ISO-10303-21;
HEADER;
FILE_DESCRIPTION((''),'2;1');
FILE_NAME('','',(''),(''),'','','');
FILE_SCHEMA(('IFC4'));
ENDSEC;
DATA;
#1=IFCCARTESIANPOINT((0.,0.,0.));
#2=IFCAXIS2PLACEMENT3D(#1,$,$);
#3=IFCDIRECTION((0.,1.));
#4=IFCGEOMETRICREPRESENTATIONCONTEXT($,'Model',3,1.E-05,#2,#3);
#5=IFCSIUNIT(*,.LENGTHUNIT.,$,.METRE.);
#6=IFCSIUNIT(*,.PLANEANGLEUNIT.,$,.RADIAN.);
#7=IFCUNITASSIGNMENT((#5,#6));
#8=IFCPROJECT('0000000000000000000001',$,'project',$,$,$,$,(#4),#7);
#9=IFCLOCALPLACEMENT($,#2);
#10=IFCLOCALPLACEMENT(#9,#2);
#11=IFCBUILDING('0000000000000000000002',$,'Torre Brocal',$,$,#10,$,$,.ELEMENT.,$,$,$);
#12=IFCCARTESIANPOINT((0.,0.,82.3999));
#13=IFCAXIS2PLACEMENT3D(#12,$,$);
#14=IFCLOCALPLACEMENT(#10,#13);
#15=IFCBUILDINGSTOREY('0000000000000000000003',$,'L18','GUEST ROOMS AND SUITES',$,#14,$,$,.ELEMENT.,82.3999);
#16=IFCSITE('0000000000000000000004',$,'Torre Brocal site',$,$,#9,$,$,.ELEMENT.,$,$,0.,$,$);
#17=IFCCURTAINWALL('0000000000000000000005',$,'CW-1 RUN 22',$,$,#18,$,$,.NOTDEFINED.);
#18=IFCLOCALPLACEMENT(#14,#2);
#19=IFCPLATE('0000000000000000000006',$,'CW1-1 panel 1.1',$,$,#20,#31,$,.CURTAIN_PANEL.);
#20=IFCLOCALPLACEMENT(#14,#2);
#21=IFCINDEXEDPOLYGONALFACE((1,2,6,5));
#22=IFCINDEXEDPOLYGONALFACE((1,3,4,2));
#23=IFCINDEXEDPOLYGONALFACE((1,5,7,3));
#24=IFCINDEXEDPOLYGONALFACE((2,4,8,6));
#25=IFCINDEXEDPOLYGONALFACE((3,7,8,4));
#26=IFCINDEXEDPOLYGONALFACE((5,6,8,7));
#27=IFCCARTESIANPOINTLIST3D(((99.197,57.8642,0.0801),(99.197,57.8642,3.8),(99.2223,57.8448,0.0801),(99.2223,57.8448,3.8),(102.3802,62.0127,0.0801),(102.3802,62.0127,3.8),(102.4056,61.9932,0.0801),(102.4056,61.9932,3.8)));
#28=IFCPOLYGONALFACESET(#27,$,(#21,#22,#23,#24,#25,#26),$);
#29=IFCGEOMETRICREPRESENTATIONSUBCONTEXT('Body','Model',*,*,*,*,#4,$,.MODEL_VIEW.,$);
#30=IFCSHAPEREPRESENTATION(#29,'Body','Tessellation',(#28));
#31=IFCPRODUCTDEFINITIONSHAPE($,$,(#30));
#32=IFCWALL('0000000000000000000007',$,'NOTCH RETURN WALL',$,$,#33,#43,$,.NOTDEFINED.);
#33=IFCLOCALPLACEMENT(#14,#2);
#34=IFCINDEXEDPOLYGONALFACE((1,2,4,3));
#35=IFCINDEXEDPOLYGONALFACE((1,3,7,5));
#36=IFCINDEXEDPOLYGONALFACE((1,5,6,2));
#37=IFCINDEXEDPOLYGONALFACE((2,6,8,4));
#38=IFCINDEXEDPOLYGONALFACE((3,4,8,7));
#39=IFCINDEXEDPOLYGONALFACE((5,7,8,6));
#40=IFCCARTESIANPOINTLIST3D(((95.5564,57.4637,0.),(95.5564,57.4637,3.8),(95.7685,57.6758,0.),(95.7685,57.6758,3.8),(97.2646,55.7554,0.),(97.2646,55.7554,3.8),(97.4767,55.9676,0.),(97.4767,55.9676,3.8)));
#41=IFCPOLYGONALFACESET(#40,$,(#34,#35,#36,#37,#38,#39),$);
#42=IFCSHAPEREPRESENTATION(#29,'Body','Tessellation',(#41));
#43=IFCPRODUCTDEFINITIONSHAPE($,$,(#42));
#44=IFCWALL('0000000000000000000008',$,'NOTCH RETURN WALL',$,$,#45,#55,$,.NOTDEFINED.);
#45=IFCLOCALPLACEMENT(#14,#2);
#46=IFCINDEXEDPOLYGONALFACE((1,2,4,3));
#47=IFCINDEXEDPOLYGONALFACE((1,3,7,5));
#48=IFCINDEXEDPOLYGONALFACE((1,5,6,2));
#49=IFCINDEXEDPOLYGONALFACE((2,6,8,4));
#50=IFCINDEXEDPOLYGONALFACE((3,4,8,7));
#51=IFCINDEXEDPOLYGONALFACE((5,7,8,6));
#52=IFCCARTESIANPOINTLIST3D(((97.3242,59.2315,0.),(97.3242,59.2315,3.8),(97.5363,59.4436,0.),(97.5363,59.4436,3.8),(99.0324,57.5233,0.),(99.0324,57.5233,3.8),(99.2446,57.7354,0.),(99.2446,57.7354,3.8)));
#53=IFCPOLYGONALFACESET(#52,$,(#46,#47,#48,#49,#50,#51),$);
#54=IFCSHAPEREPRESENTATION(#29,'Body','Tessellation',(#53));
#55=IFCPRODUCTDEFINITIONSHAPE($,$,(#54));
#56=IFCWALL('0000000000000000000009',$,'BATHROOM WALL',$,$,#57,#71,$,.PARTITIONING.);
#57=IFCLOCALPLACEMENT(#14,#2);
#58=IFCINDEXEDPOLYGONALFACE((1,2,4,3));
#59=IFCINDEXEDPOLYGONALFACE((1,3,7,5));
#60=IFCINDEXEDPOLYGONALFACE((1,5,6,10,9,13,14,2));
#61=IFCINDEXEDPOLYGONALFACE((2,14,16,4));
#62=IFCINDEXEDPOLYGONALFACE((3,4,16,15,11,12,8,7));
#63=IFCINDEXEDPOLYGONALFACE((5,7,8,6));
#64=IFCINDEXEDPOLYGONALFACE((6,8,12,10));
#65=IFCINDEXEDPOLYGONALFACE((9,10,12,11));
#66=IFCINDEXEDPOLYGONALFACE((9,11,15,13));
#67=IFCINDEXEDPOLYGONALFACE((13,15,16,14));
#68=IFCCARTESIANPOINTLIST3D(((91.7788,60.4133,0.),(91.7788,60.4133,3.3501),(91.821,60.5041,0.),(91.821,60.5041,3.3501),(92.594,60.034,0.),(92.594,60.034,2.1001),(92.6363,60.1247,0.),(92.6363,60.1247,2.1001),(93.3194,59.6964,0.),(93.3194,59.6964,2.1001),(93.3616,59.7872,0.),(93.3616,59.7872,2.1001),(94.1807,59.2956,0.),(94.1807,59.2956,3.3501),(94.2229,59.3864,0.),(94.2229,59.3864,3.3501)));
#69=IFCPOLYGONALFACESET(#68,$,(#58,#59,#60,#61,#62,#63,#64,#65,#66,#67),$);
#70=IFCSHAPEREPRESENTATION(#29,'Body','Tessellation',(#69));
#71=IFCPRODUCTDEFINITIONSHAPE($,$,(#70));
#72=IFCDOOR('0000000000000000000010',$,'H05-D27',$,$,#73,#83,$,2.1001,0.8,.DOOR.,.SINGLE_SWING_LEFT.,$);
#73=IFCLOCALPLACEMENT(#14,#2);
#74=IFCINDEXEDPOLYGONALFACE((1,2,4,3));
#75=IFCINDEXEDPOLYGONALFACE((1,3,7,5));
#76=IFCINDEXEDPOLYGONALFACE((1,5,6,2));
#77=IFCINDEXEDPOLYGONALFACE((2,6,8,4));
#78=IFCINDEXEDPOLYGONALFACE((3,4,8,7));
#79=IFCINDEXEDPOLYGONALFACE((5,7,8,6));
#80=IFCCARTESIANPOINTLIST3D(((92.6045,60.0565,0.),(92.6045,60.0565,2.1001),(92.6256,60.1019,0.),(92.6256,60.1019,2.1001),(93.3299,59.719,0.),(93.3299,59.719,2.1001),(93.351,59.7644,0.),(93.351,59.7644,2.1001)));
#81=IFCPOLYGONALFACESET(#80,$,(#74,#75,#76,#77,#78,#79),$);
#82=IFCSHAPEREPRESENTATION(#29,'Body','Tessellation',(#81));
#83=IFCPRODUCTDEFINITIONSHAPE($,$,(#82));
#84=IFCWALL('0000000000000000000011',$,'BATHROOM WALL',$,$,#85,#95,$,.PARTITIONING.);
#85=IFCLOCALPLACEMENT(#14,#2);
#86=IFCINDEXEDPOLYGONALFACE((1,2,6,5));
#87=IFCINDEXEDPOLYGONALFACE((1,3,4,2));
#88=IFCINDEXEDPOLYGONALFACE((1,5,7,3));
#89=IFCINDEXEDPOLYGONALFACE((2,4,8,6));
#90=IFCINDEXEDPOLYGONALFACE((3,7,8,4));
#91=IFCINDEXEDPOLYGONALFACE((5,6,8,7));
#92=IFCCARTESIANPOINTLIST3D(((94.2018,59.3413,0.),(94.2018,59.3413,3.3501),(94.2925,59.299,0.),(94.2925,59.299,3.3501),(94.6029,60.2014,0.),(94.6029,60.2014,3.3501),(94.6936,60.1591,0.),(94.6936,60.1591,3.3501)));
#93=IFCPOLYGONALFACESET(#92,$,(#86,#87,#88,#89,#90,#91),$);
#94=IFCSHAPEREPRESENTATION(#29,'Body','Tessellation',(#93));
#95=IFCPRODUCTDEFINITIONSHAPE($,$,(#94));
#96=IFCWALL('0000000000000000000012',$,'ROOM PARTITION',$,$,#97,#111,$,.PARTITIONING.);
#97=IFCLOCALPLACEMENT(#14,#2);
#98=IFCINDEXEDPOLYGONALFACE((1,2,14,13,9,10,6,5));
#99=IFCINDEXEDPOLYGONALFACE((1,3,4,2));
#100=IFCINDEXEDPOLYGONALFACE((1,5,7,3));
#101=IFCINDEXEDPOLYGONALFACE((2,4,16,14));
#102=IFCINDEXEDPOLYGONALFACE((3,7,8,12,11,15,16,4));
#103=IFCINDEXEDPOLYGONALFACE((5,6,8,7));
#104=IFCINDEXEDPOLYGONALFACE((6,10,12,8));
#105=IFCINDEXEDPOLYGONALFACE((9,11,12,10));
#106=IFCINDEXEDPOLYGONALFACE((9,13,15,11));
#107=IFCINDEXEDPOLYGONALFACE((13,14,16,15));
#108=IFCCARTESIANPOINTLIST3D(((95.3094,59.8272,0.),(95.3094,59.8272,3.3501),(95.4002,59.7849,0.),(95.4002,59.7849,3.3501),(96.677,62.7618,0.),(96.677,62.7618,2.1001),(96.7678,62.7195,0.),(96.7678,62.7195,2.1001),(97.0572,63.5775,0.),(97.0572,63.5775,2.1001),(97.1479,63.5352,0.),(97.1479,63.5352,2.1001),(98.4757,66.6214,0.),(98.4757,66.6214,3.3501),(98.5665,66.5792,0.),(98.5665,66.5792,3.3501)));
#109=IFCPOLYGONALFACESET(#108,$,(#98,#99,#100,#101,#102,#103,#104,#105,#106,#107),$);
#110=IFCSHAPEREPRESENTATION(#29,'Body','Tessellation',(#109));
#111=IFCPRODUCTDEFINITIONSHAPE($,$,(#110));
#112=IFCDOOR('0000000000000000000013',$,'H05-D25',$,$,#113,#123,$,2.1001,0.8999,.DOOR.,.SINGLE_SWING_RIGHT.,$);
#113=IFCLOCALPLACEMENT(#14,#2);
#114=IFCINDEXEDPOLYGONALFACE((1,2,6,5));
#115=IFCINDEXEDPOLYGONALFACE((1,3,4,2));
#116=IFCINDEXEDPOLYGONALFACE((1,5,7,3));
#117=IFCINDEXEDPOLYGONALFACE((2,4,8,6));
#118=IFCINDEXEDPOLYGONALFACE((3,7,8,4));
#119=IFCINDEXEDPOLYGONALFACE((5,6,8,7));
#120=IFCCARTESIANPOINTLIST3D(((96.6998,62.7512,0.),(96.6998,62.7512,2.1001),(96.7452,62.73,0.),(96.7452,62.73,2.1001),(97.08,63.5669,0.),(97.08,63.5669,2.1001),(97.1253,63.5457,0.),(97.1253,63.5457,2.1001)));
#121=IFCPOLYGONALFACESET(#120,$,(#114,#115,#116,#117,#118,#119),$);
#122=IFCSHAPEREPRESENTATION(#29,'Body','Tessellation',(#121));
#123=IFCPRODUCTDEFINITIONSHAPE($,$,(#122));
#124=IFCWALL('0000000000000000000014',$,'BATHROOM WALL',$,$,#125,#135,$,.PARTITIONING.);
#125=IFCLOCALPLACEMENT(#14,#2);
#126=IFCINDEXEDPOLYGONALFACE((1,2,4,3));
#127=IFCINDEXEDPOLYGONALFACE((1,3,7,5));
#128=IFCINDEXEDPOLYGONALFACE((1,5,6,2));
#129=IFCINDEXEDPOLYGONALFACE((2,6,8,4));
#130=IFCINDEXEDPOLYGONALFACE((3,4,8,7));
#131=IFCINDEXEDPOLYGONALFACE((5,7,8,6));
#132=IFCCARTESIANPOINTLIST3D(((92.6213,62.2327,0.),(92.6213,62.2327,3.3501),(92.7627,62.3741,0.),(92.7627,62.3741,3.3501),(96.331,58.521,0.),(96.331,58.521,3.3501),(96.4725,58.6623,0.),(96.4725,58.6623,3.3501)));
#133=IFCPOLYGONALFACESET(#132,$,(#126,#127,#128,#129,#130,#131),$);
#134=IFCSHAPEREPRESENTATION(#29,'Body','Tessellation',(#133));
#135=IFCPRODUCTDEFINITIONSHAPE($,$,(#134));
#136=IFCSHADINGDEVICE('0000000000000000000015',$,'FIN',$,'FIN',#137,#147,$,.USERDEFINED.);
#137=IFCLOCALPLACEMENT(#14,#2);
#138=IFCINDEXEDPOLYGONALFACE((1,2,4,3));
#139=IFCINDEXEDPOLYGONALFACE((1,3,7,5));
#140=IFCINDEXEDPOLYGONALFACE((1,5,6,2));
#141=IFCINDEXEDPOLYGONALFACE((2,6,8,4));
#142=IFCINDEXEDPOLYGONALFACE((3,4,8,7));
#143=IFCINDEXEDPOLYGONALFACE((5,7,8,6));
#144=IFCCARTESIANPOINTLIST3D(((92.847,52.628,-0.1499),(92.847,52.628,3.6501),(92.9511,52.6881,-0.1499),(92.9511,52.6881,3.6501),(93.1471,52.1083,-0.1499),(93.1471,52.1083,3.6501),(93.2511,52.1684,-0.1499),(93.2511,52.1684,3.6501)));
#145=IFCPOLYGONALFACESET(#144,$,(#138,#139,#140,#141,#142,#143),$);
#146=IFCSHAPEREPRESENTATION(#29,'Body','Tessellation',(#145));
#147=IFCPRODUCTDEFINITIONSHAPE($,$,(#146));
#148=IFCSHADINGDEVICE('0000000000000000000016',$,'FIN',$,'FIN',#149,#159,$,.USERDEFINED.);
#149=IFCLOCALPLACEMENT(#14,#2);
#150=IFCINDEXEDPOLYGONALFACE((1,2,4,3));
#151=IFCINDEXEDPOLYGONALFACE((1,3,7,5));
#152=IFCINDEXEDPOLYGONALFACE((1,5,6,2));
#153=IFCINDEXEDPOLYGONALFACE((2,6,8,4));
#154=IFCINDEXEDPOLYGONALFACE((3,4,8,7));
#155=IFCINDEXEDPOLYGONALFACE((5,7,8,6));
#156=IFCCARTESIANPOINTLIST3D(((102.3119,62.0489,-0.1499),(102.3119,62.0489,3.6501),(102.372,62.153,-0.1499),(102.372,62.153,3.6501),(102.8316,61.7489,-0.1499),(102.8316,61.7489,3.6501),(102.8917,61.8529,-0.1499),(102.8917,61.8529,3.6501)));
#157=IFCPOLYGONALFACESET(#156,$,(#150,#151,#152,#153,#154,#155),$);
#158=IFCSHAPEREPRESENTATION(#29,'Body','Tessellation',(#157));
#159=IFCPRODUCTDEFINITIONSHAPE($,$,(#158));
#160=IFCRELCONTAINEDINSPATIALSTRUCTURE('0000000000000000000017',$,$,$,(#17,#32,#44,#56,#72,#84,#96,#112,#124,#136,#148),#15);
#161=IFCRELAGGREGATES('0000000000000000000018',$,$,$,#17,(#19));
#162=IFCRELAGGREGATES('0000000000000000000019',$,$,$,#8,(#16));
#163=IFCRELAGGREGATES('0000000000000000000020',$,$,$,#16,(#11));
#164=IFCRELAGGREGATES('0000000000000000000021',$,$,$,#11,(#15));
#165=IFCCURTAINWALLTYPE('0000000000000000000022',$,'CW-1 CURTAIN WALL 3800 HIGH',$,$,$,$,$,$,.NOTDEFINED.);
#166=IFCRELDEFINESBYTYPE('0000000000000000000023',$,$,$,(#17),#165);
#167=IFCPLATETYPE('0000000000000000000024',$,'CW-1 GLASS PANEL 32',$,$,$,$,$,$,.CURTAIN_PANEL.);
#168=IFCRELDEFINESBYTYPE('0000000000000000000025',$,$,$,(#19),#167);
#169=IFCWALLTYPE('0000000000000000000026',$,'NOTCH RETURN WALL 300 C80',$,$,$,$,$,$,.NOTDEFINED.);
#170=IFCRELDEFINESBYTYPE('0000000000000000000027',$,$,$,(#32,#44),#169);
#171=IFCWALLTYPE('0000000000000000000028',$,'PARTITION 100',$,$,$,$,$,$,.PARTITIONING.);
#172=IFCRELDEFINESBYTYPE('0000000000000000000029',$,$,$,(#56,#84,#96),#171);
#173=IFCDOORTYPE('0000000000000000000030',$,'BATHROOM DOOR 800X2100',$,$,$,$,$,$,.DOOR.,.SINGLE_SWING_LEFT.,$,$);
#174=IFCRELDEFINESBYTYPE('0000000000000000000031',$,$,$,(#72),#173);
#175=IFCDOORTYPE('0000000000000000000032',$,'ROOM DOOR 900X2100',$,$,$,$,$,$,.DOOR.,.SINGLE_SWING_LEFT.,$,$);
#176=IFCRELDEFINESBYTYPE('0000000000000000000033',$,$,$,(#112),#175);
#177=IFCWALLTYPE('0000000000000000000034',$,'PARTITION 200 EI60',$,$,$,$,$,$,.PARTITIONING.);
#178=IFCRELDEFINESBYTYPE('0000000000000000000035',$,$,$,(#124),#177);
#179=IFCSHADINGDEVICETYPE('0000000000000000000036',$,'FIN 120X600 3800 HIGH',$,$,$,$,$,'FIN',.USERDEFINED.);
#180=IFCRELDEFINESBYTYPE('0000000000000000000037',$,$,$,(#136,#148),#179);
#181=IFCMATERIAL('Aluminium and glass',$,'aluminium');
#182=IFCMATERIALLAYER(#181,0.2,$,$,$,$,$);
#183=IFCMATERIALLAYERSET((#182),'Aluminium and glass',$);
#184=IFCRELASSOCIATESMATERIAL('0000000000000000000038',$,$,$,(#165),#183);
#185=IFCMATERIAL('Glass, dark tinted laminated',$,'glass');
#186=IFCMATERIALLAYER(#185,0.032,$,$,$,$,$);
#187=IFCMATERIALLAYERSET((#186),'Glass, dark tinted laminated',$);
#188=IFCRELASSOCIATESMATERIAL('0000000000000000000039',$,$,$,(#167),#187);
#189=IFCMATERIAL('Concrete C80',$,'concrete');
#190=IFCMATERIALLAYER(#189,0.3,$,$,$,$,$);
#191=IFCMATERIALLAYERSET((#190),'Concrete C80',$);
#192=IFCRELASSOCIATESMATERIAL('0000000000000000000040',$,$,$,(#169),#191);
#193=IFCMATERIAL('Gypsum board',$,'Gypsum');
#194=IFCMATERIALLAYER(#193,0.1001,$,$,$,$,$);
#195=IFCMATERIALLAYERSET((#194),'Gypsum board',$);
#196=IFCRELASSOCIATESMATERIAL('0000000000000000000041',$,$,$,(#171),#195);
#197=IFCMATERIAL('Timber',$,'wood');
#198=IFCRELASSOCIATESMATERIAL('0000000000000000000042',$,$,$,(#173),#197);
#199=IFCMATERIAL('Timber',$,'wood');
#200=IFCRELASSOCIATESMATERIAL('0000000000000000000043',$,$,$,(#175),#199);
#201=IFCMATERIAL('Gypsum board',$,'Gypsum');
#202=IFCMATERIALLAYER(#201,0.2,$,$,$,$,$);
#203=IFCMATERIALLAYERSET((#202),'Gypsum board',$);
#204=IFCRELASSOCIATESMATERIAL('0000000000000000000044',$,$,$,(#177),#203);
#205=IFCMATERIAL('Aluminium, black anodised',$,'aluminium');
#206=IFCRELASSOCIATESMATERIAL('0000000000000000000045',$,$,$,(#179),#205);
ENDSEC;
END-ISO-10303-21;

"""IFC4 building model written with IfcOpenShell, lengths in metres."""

from ifc_helpers import new_model, si_unit, direction, frame, frame_2d, origin, origin_2d, place, context, subcontext, project, spatial, rectangle, extrude, material, layer, layer_set, material_profile, profile_set, type_object, element, fill, aggregate, save


model = new_model("IFC4")

# Units and contexts
model_context = context("Model", 3, precision=1e-05, world=origin(), true_north=direction((0.0, 1.0)))
body_context = subcontext(model_context, "Body", "Model", "MODEL_VIEW")
ifc_project = project(units=[si_unit("LENGTHUNIT", "METRE"), si_unit("PLANEANGLEUNIT", "RADIAN")], contexts=[model_context])

# Site, building, storey
site_placement = place(None, origin())
site = spatial("IfcSite", under=ifc_project, at=site_placement, Name="Torre Brocal site", CompositionType="ELEMENT", RefElevation=0.0)
building_placement = place(site_placement, origin())
building = spatial("IfcBuilding", under=site, at=building_placement, Name="Torre Brocal", CompositionType="ELEMENT")
storey_placement = place(building_placement, frame((0.0, 0.0, 82.3999)))
storey = spatial("IfcBuildingStorey", under=building, at=storey_placement, Name="L18", Description="GUEST ROOMS AND SUITES", CompositionType="ELEMENT", Elevation=82.3999)

# Shared definitions
ifc_material_1 = material(Name="Aluminium and glass", Category="aluminium")
ifc_layer_1 = layer(ifc_material_1, 0.2)
ifc_layer_set_1 = layer_set([ifc_layer_1], Name="Aluminium and glass")
curtain_wall_type = type_object("IfcCurtainWallType", Name="CW-1 CURTAIN WALL 3800 HIGH", PredefinedType="NOTDEFINED", material=ifc_layer_set_1)

# Curtain wall
curtain_wall_1_placement = place(storey_placement, origin())
curtain_wall_1 = element("IfcCurtainWall", 1, at=curtain_wall_1_placement, inside=storey, type_object=curtain_wall_type, Name="CW-1 RUN 22", PredefinedType="NOTDEFINED")

# Plate
ifc_material_2 = material(Name="Glass, dark tinted laminated", Category="glass")
ifc_layer_2 = layer(ifc_material_2, 0.032)
ifc_layer_set_2 = layer_set([ifc_layer_2], Name="Glass, dark tinted laminated")
plate_type = type_object("IfcPlateType", Name="CW-1 GLASS PANEL 32", PredefinedType="CURTAIN_PANEL", material=ifc_layer_set_2)
plate_1_placement = place(storey_placement, frame((100.8013, 59.9287, 0.0801), z_axis=(0.0, 0.0, 1.0), x_axis=(0.608761, 0.793353, 0.0)))
plate_1 = element("IfcPlate", 2, at=plate_1_placement, type_object=plate_type, Name="CW1-1 panel 1.1", PredefinedType="CURTAIN_PANEL", context=body_context, shape_type="SweptSolid", body=[
    extrude(rectangle(XDim=5.229, YDim=0.032, at=origin_2d()), origin(), (0.0, 0.0, 1.0), 3.72),
])
aggregate(curtain_wall_1, [plate_1])

# Walls
ifc_material_3 = material(Name="Concrete C80", Category="concrete")
ifc_layer_3 = layer(ifc_material_3, 0.3)
ifc_layer_set_3 = layer_set([ifc_layer_3], Name="Concrete C80")
wall_type_1 = type_object("IfcWallType", Name="NOTCH RETURN WALL 300 C80", PredefinedType="NOTDEFINED", material=ifc_layer_set_3)
for number, where, z_axis, x_axis, name in (
    (3, (95.6624, 57.5698, 0.0), (0.0, 0.0, 1.0), (0.707107, -0.707107, 0.0), "NOTCH RETURN WALL"),
    (4, (97.4302, 59.3376, 0.0), (0.0, 0.0, 1.0), (0.707107, -0.707107, 0.0), "NOTCH RETURN WALL"),
):
    element("IfcWall", number, at=place(storey_placement, frame(where, z_axis=z_axis, x_axis=x_axis)), inside=storey, type_object=wall_type_1, Name=name, PredefinedType="NOTDEFINED", context=body_context, shape_type="SweptSolid", body=[
        extrude(rectangle(XDim=2.4158, YDim=0.3, at=frame_2d((1.208, 0.0))), origin(), (0.0, 0.0, 1.0), 3.8),
    ])

# Wall, opening, door
ifc_material_4 = material(Name="Gypsum board", Category="Gypsum")
ifc_layer_4 = layer(ifc_material_4, 0.1001)
ifc_layer_set_4 = layer_set([ifc_layer_4], Name="Gypsum board")
wall_type_2 = type_object("IfcWallType", Name="PARTITION 100", PredefinedType="PARTITIONING", material=ifc_layer_set_4)
wall_1_placement = place(storey_placement, frame((91.7998, 60.4587, 0.0), z_axis=(0.0, 0.0, 1.0), x_axis=(0.906644, -0.421896, 0.0)))
wall_1 = element("IfcWall", 5, at=wall_1_placement, inside=storey, type_object=wall_type_2, Name="BATHROOM WALL", PredefinedType="PARTITIONING", context=body_context, shape_type="SweptSolid", body=[
    extrude(rectangle(XDim=2.6492, YDim=0.1001, at=frame_2d((1.3247, 0.0))), origin(), (0.0, 0.0, 1.0), 3.3501),
])
opening_1_placement = place(wall_1_placement, frame((0.8994, 0.0, 0.0)))
opening_1 = element("IfcOpeningElement", 6, at=opening_1_placement, cuts=wall_1, PredefinedType="OPENING", context=body_context, shape_type="SweptSolid", body=[
    extrude(rectangle(XDim=0.8, YDim=2.1001, at=frame_2d((0.3999, 1.05))), frame((0.0, 0.0601, 0.0), z_axis=(0.0, -1.0, 0.0), x_axis=(1.0, 0.0, 0.0)), (0.0, 0.0, 1.0), 0.1201),
])
ifc_material_5 = material(Name="Timber", Category="wood")
door_type_1 = type_object("IfcDoorType", Name="BATHROOM DOOR 800X2100", OperationType="SINGLE_SWING_LEFT", PredefinedType="DOOR", material=ifc_material_5)
door_1_placement = place(opening_1_placement, origin())
door_1 = element("IfcDoor", 7, at=door_1_placement, inside=storey, type_object=door_type_1, Name="H05-D27", OperationType="SINGLE_SWING_LEFT", OverallHeight=2.1001, OverallWidth=0.8, PredefinedType="DOOR", context=body_context, shape_type="SweptSolid", body=[
    extrude(rectangle(XDim=0.8, YDim=2.1001, at=frame_2d((0.3999, 1.05))), frame((0.0, 0.0249, 0.0), z_axis=(0.0, -1.0, 0.0), x_axis=(1.0, 0.0, 0.0)), (0.0, 0.0, 1.0), 0.05),
])
fill(opening_1, door_1)

# Wall
wall_2_placement = place(storey_placement, frame((94.2471, 59.3201, 0.0), z_axis=(0.0, 0.0, 1.0), x_axis=(0.42266, 0.906288, 0.0)))
element("IfcWall", 8, at=wall_2_placement, inside=storey, type_object=wall_type_2, Name="BATHROOM WALL", PredefinedType="PARTITIONING", context=body_context, shape_type="SweptSolid", body=[
    extrude(rectangle(XDim=0.949, YDim=0.1001, at=frame_2d((0.4746, 0.0))), origin(), (0.0, 0.0, 1.0), 3.3501),
])

# Wall, opening, door
wall_3_placement = place(storey_placement, frame((95.3547, 59.8059, 0.0), z_axis=(0.0, 0.0, 1.0), x_axis=(0.422408, 0.906406, 0.0)))
wall_3 = element("IfcWall", 9, at=wall_3_placement, inside=storey, type_object=wall_type_2, Name="ROOM PARTITION", PredefinedType="PARTITIONING", context=body_context, shape_type="SweptSolid", body=[
    extrude(rectangle(XDim=7.4958, YDim=0.1001, at=frame_2d((3.748, 0.0))), origin(), (0.0, 0.0, 1.0), 3.3501),
])
opening_2_placement = place(wall_3_placement, frame((3.2378, 0.0, 0.0)))
opening_2 = element("IfcOpeningElement", 10, at=opening_2_placement, cuts=wall_3, PredefinedType="OPENING", context=body_context, shape_type="SweptSolid", body=[
    extrude(rectangle(XDim=0.8999, YDim=2.1001, at=frame_2d((0.45, 1.05))), frame((0.0, 0.0601, 0.0), z_axis=(0.0, -1.0, 0.0), x_axis=(1.0, 0.0, 0.0)), (0.0, 0.0, 1.0), 0.1201),
])
ifc_material_6 = material(Name="Timber", Category="wood")
door_type_2 = type_object("IfcDoorType", Name="ROOM DOOR 900X2100", OperationType="SINGLE_SWING_LEFT", PredefinedType="DOOR", material=ifc_material_6)
door_2_placement = place(opening_2_placement, origin())
door_2 = element("IfcDoor", 11, at=door_2_placement, inside=storey, type_object=door_type_2, Name="H05-D25", OperationType="SINGLE_SWING_RIGHT", OverallHeight=2.1001, OverallWidth=0.8999, PredefinedType="DOOR", context=body_context, shape_type="SweptSolid", body=[
    extrude(rectangle(XDim=0.8999, YDim=2.1001, at=frame_2d((0.45, 1.05))), frame((0.0, 0.0249, 0.0), z_axis=(0.0, -1.0, 0.0), x_axis=(1.0, 0.0, 0.0)), (0.0, 0.0, 1.0), 0.05),
])
fill(opening_2, door_2)

# Wall
ifc_material_7 = material(Name="Gypsum board", Category="Gypsum")
ifc_layer_5 = layer(ifc_material_7, 0.2)
ifc_layer_set_5 = layer_set([ifc_layer_5], Name="Gypsum board")
wall_type_3 = type_object("IfcWallType", Name="PARTITION 200 EI60", PredefinedType="PARTITIONING", material=ifc_layer_set_5)
wall_4_placement = place(storey_placement, frame((92.6919, 62.3035, 0.0), z_axis=(0.0, 0.0, 1.0), x_axis=(0.706921, -0.707293, 0.0)))
element("IfcWall", 12, at=wall_4_placement, inside=storey, type_object=wall_type_3, Name="BATHROOM WALL", PredefinedType="PARTITIONING", context=body_context, shape_type="SweptSolid", body=[
    extrude(rectangle(XDim=5.2478, YDim=0.2, at=frame_2d((2.624, 0.0))), origin(), (0.0, 0.0, 1.0), 3.3501),
])

# Shading devices
ifc_material_8 = material(Name="Aluminium, black anodised", Category="aluminium")
ifc_material_profile_1 = material_profile(ifc_material_8, rectangle(XDim=0.1201, YDim=0.6001, at=origin_2d()), Name="FIN 120X600 3800 HIGH")
ifc_profile_set_1 = profile_set([ifc_material_profile_1], Name="Aluminium, black anodised")
shading_device_type = type_object("IfcShadingDeviceType", Name="FIN 120X600 3800 HIGH", ElementType="FIN", PredefinedType="USERDEFINED", material=ifc_profile_set_1)
for number, where, z_axis, x_axis, name in (
    (13, (93.0491, 52.3982, -0.1499), (0.0, 0.0, 1.0), (0.866025, 0.5, 0.0), "FIN"),
    (14, (102.6018, 61.9509, -0.1499), (0.0, 0.0, 1.0), (0.5, 0.866025, 0.0), "FIN"),
):
    element("IfcShadingDevice", number, at=place(storey_placement, frame(where, z_axis=z_axis, x_axis=x_axis)), inside=storey, type_object=shading_device_type, Name=name, ObjectType="FIN", PredefinedType="USERDEFINED", context=body_context, shape_type="SweptSolid", body=[
        extrude(rectangle(XDim=0.1201, YDim=0.6001, at=origin_2d()), origin(), (0.0, 0.0, 1.0), 3.8),
    ])

save(model, "model.ifc")
